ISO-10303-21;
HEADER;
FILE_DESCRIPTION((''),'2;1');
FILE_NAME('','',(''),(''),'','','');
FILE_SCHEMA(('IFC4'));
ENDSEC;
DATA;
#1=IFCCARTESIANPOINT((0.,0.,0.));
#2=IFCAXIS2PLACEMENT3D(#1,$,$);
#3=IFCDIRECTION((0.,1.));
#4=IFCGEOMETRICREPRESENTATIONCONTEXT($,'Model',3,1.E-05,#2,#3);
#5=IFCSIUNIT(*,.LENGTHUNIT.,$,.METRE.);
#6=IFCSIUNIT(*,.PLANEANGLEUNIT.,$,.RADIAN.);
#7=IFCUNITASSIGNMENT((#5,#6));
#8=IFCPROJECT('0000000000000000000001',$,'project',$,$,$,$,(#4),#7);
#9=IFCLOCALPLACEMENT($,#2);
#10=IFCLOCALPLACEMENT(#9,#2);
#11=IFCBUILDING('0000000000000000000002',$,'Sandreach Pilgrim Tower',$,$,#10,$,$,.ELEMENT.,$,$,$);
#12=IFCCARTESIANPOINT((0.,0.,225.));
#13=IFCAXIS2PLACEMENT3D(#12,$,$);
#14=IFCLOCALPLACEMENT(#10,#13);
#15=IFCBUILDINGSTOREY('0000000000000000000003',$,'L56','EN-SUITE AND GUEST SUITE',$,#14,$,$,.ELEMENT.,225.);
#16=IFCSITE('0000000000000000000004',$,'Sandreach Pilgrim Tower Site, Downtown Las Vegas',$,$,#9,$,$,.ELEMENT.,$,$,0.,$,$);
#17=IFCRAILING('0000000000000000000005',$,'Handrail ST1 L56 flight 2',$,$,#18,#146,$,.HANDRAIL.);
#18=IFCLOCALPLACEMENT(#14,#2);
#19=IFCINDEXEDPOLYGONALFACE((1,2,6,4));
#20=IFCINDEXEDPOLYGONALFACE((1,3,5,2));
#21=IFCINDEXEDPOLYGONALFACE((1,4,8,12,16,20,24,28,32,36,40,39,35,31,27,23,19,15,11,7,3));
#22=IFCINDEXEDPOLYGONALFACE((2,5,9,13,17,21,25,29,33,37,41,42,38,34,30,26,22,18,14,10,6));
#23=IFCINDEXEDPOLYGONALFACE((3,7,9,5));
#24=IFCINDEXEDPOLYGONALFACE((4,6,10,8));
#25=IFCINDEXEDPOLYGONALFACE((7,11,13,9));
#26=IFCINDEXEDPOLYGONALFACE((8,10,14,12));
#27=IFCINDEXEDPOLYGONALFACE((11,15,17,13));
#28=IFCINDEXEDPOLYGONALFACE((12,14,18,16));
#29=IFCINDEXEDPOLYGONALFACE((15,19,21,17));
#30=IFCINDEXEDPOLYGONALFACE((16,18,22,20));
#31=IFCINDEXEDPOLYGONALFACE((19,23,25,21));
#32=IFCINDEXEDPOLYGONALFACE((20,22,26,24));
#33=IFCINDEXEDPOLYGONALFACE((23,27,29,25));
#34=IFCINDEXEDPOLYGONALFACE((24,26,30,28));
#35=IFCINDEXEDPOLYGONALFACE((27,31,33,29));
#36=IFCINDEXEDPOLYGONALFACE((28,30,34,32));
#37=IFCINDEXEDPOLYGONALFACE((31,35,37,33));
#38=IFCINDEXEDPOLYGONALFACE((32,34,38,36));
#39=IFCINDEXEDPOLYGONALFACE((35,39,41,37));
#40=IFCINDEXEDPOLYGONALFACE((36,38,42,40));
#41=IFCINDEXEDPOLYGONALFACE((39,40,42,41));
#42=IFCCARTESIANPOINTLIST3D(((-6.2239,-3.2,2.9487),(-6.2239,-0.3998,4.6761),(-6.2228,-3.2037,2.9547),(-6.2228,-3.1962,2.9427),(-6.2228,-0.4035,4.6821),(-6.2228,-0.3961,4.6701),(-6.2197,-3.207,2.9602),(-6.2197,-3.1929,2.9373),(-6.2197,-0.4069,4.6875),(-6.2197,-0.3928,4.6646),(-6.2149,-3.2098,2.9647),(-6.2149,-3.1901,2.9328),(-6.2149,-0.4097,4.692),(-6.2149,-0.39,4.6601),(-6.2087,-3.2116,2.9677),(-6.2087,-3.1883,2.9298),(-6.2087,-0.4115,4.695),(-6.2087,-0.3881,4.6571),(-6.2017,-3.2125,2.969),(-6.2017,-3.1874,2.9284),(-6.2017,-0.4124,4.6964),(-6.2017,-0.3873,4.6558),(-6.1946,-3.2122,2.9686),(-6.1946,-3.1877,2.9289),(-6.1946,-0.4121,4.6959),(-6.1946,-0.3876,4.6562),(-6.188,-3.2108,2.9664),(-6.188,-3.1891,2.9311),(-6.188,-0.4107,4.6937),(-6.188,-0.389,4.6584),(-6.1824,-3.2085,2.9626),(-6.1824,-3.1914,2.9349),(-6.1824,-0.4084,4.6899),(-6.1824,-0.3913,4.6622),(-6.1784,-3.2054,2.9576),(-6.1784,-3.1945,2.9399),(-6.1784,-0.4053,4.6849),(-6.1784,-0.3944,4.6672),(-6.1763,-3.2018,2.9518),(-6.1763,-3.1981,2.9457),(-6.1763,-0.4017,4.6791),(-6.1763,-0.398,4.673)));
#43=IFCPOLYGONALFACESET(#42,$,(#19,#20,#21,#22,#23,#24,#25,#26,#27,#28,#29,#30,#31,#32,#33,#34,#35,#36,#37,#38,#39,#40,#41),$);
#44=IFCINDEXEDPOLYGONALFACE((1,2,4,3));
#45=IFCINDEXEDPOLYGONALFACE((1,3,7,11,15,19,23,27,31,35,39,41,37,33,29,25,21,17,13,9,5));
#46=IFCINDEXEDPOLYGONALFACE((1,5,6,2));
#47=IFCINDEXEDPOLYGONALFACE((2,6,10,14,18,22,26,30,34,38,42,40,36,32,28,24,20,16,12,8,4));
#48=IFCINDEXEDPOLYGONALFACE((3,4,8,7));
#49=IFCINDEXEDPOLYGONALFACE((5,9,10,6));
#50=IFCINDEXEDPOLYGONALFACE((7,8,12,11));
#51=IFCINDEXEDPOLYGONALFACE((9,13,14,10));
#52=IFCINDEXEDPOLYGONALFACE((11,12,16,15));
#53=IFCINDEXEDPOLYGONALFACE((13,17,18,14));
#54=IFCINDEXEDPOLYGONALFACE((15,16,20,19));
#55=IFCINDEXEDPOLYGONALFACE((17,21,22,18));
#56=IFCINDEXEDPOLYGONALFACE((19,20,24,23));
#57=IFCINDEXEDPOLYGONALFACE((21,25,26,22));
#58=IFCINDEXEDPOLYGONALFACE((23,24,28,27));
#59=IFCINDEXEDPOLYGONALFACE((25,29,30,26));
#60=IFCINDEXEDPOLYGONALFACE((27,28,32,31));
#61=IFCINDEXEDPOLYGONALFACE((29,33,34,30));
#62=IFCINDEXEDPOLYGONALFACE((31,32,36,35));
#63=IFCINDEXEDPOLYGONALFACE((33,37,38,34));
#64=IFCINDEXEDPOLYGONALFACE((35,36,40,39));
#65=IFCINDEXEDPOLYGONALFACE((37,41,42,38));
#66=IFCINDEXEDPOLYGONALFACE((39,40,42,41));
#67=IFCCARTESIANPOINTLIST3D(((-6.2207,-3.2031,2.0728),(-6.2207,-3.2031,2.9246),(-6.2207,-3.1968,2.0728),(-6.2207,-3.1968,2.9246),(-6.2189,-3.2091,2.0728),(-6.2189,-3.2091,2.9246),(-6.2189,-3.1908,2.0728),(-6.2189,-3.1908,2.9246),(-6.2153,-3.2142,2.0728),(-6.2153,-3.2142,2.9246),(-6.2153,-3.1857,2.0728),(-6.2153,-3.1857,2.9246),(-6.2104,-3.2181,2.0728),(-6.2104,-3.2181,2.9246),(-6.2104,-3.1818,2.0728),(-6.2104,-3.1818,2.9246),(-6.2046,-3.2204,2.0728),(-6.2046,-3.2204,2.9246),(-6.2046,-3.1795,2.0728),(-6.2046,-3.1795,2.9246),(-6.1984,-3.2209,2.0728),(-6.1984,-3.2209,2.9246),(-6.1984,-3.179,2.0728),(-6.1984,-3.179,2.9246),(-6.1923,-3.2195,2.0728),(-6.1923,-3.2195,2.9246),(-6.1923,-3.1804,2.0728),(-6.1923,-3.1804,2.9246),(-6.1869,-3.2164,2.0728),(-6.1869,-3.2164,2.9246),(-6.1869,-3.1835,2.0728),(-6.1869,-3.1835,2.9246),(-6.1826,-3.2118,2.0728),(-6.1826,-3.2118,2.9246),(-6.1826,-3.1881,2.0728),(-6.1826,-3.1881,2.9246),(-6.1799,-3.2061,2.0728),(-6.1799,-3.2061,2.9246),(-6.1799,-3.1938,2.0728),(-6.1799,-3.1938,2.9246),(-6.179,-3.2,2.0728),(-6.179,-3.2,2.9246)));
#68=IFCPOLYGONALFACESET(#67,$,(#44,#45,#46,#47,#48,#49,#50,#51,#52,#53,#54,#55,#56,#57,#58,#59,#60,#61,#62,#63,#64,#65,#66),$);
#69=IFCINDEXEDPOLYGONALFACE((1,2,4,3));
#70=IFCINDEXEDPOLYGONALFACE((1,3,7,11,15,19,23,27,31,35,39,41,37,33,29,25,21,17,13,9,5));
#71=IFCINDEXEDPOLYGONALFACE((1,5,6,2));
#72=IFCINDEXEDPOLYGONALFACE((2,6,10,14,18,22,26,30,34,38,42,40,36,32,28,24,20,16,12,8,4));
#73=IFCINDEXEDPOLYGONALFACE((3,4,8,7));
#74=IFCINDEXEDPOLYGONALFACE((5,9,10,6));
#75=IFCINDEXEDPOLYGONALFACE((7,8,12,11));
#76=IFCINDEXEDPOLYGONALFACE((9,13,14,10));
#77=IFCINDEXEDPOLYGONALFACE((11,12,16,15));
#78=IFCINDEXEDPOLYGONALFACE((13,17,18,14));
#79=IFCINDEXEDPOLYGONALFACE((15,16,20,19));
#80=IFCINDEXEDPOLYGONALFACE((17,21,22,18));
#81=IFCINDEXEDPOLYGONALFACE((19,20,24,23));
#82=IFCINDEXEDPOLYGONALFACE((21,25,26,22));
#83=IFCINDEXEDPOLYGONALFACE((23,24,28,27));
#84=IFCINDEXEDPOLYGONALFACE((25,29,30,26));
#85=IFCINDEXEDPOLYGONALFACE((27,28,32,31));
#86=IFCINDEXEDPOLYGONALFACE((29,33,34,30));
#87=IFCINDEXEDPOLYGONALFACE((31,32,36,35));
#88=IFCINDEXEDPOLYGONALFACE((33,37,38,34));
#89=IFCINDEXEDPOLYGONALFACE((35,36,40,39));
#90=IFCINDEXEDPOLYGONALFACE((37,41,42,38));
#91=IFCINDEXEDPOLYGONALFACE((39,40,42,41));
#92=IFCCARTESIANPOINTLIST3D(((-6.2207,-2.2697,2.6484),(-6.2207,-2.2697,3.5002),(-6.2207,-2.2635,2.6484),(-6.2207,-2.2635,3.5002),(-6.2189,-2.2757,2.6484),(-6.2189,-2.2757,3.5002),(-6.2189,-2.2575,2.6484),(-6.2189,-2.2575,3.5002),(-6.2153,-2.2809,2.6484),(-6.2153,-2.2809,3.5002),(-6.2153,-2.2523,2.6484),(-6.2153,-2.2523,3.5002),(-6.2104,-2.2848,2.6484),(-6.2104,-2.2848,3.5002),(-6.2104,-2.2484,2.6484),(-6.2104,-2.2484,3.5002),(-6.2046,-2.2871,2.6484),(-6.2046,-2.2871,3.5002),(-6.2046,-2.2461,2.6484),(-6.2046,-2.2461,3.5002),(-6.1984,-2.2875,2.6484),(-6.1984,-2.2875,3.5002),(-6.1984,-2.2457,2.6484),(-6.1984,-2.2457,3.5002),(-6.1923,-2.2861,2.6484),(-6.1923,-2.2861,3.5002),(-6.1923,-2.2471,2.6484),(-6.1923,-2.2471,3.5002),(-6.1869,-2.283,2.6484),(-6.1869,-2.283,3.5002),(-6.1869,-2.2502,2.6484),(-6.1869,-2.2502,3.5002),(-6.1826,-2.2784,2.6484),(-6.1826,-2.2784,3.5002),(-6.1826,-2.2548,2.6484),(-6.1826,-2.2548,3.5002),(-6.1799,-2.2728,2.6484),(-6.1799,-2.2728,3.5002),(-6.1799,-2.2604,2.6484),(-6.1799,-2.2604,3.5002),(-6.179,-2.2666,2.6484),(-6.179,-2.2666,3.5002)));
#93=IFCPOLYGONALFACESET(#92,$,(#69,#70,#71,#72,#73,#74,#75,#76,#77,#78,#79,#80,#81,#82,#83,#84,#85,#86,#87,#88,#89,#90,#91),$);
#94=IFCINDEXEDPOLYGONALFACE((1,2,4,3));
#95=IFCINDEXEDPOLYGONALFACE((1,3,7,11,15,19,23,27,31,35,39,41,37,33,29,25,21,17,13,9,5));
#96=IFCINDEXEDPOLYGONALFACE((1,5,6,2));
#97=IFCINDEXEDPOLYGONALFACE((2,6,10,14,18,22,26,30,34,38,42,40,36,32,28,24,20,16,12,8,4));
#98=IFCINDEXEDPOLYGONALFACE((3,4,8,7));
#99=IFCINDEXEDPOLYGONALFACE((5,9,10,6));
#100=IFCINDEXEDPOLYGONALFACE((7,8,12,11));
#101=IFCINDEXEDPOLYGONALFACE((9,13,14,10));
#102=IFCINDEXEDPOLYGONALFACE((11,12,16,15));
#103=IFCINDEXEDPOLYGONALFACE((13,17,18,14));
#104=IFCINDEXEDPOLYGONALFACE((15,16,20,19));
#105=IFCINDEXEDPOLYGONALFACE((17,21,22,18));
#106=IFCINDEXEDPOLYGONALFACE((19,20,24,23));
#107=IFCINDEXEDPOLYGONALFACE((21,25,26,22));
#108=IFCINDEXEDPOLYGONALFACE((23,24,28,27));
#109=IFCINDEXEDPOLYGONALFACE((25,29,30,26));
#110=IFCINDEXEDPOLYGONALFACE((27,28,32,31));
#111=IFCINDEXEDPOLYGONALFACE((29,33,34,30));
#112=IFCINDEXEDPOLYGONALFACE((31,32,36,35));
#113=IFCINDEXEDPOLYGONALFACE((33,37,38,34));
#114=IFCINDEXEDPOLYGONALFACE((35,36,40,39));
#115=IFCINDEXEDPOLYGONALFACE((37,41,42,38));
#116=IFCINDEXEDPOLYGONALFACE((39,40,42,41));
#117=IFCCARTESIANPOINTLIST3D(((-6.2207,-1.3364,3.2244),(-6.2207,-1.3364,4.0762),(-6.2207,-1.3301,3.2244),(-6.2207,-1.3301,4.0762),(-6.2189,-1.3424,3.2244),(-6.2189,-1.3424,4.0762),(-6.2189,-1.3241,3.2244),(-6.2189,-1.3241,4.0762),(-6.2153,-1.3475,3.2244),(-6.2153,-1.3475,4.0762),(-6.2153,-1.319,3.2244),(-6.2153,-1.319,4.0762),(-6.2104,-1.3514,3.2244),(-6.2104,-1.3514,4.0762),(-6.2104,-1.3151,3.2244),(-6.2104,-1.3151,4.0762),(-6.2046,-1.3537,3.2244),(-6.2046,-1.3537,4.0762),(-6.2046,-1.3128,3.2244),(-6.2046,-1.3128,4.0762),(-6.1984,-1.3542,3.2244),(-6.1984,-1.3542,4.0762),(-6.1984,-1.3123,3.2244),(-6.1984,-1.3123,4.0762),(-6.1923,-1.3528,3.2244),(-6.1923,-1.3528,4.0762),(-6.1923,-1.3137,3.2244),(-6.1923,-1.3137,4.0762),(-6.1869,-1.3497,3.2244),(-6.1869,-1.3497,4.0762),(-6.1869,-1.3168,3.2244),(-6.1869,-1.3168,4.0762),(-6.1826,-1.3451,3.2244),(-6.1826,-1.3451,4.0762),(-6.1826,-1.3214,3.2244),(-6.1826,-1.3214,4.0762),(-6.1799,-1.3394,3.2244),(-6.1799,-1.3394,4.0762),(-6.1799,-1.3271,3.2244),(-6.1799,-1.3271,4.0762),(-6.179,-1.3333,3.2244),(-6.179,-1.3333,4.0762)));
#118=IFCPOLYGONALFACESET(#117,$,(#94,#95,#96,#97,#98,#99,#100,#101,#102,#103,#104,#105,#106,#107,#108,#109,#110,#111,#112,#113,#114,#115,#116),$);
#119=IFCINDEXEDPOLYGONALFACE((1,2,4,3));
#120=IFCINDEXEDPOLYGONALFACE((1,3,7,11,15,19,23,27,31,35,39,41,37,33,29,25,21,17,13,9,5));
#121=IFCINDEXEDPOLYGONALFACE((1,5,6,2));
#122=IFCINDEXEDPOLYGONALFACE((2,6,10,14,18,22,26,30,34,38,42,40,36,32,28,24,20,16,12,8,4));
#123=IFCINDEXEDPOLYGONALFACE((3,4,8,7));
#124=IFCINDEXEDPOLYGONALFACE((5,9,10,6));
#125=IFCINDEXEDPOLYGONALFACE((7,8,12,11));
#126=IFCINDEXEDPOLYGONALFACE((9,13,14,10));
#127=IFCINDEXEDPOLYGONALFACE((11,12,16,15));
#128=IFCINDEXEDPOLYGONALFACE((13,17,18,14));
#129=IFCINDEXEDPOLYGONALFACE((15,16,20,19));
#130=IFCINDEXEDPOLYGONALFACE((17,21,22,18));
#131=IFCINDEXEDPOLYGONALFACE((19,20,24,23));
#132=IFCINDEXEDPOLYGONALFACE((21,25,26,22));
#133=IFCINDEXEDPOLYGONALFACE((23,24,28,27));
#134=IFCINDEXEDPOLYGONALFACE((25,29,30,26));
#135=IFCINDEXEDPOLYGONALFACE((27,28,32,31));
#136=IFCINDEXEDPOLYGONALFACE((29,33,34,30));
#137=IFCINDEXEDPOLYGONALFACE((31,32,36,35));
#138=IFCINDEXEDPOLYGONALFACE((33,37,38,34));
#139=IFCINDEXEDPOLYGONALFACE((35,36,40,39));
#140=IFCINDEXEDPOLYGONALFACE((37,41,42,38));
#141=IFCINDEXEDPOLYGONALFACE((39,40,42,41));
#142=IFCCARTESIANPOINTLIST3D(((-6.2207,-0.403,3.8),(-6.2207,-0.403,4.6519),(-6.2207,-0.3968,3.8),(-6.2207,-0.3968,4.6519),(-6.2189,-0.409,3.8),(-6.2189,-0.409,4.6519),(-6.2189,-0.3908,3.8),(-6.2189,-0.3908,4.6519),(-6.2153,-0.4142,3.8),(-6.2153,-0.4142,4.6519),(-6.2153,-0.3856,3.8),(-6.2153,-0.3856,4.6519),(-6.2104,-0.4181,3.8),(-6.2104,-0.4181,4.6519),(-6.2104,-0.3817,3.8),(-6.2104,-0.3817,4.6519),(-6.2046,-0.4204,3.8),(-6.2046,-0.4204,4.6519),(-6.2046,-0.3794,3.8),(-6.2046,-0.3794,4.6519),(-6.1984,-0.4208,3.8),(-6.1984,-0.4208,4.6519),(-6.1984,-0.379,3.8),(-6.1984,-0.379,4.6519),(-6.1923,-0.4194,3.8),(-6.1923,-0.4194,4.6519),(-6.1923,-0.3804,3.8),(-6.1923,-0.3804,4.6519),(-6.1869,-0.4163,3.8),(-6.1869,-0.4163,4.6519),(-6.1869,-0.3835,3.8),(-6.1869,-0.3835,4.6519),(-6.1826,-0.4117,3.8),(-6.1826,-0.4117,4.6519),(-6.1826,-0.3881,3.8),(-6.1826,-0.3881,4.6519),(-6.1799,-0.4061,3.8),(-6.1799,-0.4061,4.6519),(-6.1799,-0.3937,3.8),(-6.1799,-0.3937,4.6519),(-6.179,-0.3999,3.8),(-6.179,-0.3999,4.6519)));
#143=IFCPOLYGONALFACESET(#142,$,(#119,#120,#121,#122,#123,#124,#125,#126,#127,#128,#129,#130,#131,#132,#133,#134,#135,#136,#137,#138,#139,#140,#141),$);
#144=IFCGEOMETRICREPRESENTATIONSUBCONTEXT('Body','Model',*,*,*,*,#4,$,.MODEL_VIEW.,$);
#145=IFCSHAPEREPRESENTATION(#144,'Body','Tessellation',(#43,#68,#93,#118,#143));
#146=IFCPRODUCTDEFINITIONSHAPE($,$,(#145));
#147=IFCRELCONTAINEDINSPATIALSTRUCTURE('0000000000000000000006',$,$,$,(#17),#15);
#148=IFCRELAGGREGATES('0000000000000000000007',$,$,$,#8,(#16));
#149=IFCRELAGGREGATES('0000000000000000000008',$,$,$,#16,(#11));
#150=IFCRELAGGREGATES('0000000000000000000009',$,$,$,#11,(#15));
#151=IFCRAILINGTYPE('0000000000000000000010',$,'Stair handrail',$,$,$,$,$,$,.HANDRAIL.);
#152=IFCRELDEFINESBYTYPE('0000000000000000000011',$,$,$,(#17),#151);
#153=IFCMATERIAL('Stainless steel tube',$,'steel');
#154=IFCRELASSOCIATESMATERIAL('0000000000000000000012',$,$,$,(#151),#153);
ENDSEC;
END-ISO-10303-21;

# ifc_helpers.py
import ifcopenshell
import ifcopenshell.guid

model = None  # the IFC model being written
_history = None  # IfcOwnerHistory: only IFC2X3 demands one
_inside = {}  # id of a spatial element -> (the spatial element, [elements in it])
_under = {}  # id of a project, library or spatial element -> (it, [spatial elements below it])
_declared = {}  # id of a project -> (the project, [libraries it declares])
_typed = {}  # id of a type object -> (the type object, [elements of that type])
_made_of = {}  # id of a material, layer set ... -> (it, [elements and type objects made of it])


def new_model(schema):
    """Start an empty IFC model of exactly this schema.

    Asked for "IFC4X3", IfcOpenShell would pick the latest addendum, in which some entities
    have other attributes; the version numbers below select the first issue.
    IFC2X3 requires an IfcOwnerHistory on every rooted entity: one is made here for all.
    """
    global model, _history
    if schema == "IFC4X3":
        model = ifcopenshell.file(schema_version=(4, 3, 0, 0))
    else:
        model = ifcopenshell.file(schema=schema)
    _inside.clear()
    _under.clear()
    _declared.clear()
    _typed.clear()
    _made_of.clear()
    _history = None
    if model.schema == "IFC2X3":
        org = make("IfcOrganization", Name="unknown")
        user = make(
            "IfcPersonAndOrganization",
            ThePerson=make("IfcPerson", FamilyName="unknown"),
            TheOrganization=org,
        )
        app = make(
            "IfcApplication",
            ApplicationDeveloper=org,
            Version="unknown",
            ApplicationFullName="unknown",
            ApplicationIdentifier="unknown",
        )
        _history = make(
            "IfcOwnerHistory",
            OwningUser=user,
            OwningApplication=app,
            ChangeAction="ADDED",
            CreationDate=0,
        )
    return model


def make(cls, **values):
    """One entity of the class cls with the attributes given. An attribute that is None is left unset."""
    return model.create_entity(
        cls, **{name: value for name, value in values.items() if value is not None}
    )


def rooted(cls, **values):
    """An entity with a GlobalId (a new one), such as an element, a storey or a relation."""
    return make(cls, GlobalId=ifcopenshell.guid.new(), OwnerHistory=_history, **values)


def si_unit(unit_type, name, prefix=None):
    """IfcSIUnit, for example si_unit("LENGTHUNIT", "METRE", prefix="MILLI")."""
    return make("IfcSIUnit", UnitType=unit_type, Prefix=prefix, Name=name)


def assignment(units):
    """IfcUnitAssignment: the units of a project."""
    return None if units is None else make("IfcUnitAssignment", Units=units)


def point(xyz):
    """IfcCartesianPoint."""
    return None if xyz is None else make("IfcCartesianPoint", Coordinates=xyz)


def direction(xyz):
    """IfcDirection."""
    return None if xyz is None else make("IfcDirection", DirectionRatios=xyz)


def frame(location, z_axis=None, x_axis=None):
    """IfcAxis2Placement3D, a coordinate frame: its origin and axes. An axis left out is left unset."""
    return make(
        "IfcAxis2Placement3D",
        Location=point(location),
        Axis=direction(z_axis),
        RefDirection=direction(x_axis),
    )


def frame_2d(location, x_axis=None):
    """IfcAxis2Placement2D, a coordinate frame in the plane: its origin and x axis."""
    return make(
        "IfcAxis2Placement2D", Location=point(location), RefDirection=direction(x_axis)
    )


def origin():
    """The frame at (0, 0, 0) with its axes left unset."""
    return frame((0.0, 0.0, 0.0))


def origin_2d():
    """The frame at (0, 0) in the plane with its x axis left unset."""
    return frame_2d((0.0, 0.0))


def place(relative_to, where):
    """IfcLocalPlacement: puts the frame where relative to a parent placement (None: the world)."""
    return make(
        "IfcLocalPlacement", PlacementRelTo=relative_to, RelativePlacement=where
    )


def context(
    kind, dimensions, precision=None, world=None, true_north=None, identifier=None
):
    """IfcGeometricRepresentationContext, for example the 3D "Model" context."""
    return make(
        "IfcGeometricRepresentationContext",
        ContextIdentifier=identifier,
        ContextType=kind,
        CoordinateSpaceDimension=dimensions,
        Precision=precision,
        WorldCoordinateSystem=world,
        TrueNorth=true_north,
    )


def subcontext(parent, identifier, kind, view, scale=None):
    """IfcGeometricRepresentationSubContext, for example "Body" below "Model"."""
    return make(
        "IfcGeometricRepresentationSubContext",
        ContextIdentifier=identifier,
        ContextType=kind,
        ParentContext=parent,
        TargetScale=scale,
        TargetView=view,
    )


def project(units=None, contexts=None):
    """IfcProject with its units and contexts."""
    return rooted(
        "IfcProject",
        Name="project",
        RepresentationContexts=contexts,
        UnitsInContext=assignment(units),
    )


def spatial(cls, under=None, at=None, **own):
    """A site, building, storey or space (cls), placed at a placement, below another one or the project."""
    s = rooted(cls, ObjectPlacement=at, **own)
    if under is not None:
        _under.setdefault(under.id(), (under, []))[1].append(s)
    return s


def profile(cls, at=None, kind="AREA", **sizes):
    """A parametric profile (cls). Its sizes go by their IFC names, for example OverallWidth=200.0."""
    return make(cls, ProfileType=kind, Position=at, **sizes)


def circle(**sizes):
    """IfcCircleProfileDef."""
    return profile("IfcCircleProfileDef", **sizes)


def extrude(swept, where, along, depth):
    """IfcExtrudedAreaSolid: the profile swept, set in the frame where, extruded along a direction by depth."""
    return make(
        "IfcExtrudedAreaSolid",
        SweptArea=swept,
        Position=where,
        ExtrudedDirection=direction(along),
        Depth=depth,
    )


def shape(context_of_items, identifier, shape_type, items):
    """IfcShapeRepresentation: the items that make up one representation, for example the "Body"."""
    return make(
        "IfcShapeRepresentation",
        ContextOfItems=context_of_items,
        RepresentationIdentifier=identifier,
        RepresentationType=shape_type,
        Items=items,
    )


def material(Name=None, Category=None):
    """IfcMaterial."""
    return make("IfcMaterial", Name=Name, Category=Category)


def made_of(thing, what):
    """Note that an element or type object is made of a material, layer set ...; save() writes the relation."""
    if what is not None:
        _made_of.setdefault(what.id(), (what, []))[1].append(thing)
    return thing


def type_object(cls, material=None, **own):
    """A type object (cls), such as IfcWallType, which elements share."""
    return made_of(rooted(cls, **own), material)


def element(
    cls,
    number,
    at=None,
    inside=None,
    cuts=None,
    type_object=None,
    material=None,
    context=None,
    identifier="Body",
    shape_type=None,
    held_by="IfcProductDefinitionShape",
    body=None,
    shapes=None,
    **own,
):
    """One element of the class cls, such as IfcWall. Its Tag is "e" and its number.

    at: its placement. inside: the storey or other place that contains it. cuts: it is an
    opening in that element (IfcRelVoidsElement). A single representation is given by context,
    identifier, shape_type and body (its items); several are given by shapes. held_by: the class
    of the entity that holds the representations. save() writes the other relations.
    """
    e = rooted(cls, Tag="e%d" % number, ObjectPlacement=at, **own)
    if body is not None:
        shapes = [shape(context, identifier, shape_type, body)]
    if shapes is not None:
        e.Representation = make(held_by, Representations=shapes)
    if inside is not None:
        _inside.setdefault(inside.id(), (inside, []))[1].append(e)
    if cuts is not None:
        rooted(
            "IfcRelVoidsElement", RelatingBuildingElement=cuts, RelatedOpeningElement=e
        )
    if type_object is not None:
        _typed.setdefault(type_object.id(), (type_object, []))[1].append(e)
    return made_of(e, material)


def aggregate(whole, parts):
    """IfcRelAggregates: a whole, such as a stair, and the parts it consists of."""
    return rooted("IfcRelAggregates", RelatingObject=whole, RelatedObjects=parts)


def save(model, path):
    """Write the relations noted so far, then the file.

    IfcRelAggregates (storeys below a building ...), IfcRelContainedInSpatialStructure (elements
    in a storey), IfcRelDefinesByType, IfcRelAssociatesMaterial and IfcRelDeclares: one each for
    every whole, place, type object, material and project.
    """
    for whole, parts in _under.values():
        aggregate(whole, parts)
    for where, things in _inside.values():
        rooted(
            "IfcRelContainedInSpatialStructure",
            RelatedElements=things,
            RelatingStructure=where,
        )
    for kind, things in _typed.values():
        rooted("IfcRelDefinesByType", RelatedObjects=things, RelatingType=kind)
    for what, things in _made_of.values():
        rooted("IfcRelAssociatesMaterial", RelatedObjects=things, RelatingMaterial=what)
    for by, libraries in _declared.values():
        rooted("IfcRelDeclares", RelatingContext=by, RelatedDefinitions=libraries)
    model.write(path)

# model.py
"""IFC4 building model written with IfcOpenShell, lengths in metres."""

from ifc_helpers import new_model, si_unit, direction, frame, origin, origin_2d, place, context, subcontext, project, spatial, circle, extrude, material, type_object, element, save


model = new_model("IFC4")

# Units and contexts
model_context = context("Model", 3, precision=1e-05, world=origin(), true_north=direction((0.0, 1.0)))
body_context = subcontext(model_context, "Body", "Model", "MODEL_VIEW")
ifc_project = project(units=[si_unit("LENGTHUNIT", "METRE"), si_unit("PLANEANGLEUNIT", "RADIAN")], contexts=[model_context])

# Site, building, storey
site_placement = place(None, origin())
site = spatial("IfcSite", under=ifc_project, at=site_placement, Name="Sandreach Pilgrim Tower Site, Downtown Las Vegas", CompositionType="ELEMENT", RefElevation=0.0)
building_placement = place(site_placement, origin())
building = spatial("IfcBuilding", under=site, at=building_placement, Name="Sandreach Pilgrim Tower", CompositionType="ELEMENT")
storey_placement = place(building_placement, frame((0.0, 0.0, 225.0)))
storey = spatial("IfcBuildingStorey", under=building, at=storey_placement, Name="L56", Description="EN-SUITE AND GUEST SUITE", CompositionType="ELEMENT", Elevation=225.0)

# Railing
ifc_material_1 = material(Name="Stainless steel tube", Category="steel")
railing_type = type_object("IfcRailingType", Name="Stair handrail", PredefinedType="HANDRAIL", material=ifc_material_1)
for number, where, name in (
    (1, (-6.2, -3.2, 2.0728), "Handrail ST1 L56 flight 2"),
):
    element("IfcRailing", number, at=place(storey_placement, frame(where)), inside=storey, type_object=railing_type, Name=name, PredefinedType="HANDRAIL", context=body_context, shape_type="SweptSolid", body=[
        extrude(circle(Radius=0.0239, at=origin_2d()), frame((0.0, 0.0, 0.876), z_axis=(0.0, 0.85109, 0.52502), x_axis=(-1.0, 0.0, 0.0)), (0.0, 0.0, 1.0), 3.29),
        extrude(circle(Radius=0.021, at=origin_2d()), origin(), (0.0, 0.0, 1.0), 0.8518),
        extrude(circle(Radius=0.021, at=origin_2d()), frame((0.0, 0.9333, 0.5757)), (0.0, 0.0, 1.0), 0.8518),
        extrude(circle(Radius=0.021, at=origin_2d()), frame((0.0, 1.8667, 1.1516)), (0.0, 0.0, 1.0), 0.8518),
        extrude(circle(Radius=0.021, at=origin_2d()), frame((0.0, 2.8, 1.7273)), (0.0, 0.0, 1.0), 0.8518),
    ])

save(model, "model.ifc")
